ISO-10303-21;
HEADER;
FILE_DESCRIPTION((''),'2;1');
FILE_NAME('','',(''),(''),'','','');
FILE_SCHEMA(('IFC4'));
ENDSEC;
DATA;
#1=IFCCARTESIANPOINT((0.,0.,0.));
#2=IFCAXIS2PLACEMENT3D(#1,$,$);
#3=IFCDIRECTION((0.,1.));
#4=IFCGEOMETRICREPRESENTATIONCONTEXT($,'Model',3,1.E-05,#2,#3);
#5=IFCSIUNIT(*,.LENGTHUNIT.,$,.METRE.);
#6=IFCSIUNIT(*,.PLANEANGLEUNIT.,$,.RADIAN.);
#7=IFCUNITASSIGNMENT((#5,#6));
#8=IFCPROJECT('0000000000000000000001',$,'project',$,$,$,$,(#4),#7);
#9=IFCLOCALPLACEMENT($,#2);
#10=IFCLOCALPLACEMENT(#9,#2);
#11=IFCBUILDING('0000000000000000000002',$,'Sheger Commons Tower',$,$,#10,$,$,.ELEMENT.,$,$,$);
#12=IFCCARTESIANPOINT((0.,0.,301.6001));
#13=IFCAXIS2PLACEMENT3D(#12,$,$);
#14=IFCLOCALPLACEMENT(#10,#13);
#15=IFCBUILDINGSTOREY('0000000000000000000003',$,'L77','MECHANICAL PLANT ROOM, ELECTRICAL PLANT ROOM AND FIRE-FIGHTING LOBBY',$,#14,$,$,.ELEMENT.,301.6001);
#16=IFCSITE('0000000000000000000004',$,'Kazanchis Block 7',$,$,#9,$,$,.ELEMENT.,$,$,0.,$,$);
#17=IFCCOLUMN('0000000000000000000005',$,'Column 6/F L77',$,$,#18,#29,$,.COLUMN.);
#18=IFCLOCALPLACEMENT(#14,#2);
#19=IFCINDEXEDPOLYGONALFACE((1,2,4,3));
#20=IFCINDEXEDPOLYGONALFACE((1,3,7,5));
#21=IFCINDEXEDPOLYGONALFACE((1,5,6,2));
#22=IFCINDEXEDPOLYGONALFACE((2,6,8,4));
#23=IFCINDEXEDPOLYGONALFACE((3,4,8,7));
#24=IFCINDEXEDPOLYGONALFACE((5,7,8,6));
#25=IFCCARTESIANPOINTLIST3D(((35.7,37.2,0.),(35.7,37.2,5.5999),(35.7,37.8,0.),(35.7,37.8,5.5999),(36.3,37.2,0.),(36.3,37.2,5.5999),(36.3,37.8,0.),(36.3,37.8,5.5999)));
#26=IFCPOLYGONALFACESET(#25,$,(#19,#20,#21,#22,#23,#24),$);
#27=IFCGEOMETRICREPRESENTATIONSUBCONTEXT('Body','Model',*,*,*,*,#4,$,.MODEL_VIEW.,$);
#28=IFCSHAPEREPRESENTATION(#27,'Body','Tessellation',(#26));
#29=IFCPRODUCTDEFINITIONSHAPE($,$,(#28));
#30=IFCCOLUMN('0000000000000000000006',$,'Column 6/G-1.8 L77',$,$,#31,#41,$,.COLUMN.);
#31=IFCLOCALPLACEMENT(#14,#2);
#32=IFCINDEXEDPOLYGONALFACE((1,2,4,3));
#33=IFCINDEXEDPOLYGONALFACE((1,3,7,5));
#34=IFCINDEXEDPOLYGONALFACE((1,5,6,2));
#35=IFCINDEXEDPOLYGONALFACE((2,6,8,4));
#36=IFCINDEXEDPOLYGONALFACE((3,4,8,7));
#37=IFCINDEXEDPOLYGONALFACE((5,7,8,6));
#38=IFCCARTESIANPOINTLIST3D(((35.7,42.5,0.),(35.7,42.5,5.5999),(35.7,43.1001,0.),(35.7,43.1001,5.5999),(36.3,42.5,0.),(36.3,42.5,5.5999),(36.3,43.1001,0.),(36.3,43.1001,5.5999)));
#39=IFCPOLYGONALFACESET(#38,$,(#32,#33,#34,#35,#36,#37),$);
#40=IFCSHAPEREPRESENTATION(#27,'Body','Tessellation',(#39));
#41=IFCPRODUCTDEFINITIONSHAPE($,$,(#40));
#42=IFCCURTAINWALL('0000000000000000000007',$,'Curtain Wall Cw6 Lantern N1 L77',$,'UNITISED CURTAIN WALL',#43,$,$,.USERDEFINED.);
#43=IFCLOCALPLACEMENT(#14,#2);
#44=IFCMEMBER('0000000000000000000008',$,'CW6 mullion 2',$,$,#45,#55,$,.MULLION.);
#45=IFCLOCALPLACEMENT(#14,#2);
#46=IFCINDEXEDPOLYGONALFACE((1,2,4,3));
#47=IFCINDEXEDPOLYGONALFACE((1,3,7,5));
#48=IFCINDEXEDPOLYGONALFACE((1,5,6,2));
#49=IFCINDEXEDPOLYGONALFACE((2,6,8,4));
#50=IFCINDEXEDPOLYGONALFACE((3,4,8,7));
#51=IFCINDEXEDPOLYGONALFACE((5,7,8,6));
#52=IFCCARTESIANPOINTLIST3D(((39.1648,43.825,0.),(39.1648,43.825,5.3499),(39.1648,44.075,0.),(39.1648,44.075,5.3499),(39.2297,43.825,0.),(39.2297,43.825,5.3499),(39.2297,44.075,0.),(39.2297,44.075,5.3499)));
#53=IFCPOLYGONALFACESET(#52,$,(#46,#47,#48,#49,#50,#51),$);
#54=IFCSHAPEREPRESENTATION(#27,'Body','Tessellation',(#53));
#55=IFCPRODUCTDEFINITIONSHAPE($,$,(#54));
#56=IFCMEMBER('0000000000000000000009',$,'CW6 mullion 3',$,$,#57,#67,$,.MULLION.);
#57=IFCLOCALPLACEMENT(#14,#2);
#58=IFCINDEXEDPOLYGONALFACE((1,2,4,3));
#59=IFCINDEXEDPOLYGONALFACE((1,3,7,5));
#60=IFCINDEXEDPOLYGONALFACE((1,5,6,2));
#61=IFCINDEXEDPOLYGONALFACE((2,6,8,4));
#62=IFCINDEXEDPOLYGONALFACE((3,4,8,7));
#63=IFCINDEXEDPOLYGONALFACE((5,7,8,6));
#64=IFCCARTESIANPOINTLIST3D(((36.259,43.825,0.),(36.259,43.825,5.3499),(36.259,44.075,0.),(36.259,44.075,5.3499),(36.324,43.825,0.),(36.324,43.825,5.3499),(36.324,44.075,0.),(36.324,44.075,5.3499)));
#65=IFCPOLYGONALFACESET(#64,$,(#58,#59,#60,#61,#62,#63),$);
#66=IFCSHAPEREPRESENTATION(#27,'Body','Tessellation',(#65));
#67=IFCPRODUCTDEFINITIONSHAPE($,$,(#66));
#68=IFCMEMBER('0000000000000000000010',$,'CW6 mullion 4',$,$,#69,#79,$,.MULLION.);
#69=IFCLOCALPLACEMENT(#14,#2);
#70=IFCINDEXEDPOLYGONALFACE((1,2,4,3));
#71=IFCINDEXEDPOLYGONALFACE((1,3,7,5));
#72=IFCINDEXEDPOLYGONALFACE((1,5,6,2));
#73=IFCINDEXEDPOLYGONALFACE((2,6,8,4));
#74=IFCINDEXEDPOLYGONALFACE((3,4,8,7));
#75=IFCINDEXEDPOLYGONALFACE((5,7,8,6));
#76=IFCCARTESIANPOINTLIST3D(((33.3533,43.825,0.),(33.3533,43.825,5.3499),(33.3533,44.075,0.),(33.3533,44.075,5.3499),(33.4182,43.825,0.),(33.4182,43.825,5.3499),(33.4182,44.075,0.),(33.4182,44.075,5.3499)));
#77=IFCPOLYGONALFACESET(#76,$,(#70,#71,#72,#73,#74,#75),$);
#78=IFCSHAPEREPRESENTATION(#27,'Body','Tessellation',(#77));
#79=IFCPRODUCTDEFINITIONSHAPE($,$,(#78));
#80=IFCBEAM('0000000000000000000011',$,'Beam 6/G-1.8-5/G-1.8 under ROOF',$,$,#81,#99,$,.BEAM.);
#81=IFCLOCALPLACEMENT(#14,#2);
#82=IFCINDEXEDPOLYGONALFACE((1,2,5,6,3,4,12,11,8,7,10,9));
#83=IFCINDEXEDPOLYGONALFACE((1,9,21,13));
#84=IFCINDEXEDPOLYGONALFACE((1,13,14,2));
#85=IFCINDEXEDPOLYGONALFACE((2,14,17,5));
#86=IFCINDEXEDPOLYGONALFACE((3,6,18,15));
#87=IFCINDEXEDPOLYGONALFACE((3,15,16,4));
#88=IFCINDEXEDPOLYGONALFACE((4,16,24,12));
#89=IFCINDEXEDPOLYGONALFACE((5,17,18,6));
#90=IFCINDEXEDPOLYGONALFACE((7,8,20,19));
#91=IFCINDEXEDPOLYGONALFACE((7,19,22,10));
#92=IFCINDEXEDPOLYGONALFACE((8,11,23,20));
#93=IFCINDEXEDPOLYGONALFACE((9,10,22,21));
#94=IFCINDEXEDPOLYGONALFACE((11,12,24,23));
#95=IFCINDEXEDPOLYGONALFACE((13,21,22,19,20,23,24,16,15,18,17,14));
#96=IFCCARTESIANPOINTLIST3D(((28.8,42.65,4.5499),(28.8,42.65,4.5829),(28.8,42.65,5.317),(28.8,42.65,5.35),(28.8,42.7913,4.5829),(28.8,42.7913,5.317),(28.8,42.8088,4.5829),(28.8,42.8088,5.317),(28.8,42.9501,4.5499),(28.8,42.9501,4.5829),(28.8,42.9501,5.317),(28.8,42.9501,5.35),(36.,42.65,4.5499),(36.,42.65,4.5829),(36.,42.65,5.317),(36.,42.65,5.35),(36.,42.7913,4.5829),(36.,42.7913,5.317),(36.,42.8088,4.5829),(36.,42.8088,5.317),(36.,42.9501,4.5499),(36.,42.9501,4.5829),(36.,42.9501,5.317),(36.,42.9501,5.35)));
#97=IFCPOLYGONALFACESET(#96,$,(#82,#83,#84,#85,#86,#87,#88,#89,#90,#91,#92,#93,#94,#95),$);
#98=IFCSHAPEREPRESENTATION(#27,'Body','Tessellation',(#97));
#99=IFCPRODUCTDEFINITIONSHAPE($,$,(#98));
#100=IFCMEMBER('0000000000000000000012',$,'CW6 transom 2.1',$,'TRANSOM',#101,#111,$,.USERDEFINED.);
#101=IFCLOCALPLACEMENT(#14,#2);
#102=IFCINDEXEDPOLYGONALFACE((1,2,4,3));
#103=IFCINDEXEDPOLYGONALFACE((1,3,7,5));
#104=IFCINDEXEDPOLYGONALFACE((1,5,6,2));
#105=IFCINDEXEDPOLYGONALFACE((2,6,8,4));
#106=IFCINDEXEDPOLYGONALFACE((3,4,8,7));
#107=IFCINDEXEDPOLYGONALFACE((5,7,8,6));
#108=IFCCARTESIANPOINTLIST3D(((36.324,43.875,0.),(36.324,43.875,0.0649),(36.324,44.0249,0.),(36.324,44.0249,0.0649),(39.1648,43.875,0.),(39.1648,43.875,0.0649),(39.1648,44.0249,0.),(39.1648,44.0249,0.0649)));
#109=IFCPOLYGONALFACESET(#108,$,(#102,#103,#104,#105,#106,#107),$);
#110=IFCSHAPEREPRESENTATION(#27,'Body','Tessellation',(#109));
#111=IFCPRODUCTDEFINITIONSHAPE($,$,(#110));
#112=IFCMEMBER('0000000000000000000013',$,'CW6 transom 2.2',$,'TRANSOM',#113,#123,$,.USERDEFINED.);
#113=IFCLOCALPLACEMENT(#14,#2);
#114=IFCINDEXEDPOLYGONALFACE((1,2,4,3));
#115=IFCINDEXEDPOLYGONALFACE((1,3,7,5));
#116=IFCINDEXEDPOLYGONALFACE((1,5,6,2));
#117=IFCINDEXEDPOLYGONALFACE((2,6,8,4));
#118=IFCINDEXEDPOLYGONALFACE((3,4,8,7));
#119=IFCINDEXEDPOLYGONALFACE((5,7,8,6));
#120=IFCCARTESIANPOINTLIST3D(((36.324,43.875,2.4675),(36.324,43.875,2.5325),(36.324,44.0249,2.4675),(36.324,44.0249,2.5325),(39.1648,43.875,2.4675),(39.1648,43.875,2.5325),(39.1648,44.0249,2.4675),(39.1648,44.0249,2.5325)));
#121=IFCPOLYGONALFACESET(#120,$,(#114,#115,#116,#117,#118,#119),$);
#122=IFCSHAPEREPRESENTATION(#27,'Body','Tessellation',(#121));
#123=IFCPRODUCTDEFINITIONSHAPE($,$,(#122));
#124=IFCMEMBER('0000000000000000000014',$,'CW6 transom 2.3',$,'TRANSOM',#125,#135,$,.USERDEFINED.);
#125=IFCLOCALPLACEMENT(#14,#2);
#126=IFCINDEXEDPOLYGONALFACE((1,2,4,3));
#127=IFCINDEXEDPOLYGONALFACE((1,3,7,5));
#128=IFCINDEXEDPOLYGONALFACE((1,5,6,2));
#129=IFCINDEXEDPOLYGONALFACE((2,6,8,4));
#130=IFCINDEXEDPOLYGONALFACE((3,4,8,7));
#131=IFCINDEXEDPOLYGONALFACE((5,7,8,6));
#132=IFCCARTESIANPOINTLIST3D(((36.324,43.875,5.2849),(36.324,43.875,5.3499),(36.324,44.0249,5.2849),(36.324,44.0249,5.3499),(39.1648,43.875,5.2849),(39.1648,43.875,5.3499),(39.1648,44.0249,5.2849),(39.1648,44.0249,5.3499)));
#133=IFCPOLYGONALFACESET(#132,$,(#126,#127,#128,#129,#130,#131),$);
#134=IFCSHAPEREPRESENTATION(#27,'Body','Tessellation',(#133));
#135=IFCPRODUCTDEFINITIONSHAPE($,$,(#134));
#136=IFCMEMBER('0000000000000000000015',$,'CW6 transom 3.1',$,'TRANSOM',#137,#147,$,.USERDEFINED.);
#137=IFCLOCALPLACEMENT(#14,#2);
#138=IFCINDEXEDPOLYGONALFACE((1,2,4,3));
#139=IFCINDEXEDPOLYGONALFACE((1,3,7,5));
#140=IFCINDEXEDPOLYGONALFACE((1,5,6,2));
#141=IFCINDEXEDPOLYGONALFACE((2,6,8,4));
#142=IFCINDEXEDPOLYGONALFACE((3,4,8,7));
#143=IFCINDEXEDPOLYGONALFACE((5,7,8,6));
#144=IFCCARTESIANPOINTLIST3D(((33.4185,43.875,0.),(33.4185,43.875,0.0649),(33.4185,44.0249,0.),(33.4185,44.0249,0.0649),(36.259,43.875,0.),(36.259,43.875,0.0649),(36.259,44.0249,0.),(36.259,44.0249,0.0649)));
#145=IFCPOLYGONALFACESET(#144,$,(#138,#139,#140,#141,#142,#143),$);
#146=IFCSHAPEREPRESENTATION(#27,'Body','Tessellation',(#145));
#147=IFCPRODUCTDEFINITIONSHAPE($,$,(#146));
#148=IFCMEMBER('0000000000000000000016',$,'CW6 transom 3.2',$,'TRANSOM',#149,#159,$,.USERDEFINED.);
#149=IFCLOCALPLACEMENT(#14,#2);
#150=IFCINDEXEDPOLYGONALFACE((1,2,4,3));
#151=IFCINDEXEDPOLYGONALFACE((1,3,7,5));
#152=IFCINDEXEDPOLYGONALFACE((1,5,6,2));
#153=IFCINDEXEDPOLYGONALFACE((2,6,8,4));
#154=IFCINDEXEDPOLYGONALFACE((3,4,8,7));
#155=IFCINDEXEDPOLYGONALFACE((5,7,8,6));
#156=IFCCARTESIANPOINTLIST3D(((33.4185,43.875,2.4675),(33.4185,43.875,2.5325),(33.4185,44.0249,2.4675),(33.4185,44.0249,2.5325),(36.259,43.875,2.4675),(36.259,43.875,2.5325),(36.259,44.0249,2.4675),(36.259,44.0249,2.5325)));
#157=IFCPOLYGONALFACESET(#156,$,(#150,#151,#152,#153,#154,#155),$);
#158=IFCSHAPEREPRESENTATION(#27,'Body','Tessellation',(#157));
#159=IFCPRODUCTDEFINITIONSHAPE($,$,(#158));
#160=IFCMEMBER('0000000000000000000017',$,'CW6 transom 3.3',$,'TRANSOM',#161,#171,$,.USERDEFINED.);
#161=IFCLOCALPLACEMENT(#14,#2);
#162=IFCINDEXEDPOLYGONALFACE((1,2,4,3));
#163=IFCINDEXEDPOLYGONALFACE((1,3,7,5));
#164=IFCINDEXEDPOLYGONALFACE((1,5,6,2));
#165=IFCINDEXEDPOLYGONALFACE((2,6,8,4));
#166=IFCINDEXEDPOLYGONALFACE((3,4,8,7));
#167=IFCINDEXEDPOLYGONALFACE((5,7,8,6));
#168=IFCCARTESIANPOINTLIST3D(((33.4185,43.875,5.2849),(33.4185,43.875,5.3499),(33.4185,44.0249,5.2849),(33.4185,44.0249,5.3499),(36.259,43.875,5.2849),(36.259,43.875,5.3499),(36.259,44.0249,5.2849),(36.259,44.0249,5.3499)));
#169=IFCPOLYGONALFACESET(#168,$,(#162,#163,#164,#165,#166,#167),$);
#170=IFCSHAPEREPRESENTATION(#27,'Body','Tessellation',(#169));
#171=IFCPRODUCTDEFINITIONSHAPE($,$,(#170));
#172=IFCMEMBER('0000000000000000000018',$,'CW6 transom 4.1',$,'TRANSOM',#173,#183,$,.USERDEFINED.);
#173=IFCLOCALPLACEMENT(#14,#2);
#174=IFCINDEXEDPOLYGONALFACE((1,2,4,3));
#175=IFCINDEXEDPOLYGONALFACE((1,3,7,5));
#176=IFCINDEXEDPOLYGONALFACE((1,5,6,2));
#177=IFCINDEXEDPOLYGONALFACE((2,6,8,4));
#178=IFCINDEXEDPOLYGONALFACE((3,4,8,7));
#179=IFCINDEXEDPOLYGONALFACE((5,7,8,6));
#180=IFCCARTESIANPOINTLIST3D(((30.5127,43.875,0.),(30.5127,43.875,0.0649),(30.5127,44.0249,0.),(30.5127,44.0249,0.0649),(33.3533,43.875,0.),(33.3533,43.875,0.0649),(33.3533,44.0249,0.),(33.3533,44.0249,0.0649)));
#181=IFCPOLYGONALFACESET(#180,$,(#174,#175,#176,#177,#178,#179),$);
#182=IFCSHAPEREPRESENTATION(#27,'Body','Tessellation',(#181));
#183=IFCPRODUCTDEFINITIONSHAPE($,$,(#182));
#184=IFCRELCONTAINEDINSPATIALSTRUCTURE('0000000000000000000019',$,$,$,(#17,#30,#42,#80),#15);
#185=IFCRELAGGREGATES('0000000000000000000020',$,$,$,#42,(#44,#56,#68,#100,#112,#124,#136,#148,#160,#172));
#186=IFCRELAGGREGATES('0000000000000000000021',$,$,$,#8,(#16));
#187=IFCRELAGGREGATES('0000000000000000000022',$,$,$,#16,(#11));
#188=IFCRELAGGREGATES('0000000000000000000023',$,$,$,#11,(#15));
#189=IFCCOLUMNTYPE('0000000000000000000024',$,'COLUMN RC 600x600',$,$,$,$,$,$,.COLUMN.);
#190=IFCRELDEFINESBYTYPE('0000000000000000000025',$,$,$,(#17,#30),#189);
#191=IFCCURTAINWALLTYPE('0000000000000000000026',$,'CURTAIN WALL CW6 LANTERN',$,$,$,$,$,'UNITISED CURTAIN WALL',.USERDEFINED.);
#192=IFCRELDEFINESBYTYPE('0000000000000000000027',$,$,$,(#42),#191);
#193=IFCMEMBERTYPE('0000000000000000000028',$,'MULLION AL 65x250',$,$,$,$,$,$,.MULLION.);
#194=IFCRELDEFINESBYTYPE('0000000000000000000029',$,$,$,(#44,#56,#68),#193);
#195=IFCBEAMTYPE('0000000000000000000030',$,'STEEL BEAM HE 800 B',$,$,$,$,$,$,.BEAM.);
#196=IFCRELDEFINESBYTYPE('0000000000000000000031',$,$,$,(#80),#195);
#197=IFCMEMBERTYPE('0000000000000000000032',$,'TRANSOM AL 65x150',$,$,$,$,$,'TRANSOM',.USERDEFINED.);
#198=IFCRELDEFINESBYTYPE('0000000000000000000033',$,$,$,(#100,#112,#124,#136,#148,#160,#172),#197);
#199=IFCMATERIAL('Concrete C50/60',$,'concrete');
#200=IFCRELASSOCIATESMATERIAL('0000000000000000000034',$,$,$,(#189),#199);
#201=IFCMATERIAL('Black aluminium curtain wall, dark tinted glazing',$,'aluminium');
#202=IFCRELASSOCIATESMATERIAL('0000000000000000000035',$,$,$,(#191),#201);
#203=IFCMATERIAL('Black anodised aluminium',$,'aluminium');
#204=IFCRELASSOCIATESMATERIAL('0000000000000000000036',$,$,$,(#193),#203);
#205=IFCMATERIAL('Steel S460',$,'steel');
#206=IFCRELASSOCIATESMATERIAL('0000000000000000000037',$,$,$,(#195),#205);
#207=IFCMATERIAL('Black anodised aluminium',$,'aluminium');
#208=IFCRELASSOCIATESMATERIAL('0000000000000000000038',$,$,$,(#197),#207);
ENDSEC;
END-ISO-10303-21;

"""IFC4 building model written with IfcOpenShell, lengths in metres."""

from ifc_helpers import new_model, si_unit, direction, frame, origin, origin_2d, place, context, subcontext, project, spatial, rectangle, i_section, extrude, material, material_profile, profile_set, type_object, element, aggregate, save


model = new_model("IFC4")

# Units and contexts
model_context = context("Model", 3, precision=1e-05, world=origin(), true_north=direction((0.0, 1.0)))
body_context = subcontext(model_context, "Body", "Model", "MODEL_VIEW")
ifc_project = project(units=[si_unit("LENGTHUNIT", "METRE"), si_unit("PLANEANGLEUNIT", "RADIAN")], contexts=[model_context])

# Site, building, storey
site_placement = place(None, origin())
site = spatial("IfcSite", under=ifc_project, at=site_placement, Name="Kazanchis Block 7", CompositionType="ELEMENT", RefElevation=0.0)
building_placement = place(site_placement, origin())
building = spatial("IfcBuilding", under=site, at=building_placement, Name="Sheger Commons Tower", CompositionType="ELEMENT")
storey_placement = place(building_placement, frame((0.0, 0.0, 301.6001)))
storey = spatial("IfcBuildingStorey", under=building, at=storey_placement, Name="L77", Description="MECHANICAL PLANT ROOM, ELECTRICAL PLANT ROOM AND FIRE-FIGHTING LOBBY", CompositionType="ELEMENT", Elevation=301.6001)

# Columns
ifc_material_1 = material(Name="Concrete C50/60", Category="concrete")
ifc_material_profile_1 = material_profile(ifc_material_1, rectangle(XDim=0.6001, YDim=0.6001, at=origin_2d()), Name="RC 600x600")
ifc_profile_set_1 = profile_set([ifc_material_profile_1], Name="Concrete C50/60")
column_type = type_object("IfcColumnType", Name="COLUMN RC 600x600", PredefinedType="COLUMN", material=ifc_profile_set_1)
for number, where, z_axis, x_axis, name in (
    (1, (36.0, 37.5, 0.0), (0.0, 0.0, 1.0), (1.0, 0.0, 0.0), "Column 6/F L77"),
    (2, (36.0, 42.8, 0.0), (0.0, 0.0, 1.0), (1.0, 0.0, 0.0), "Column 6/G-1.8 L77"),
):
    element("IfcColumn", number, at=place(storey_placement, frame(where, z_axis=z_axis, x_axis=x_axis)), inside=storey, type_object=column_type, Name=name, PredefinedType="COLUMN", context=body_context, shape_type="SweptSolid", body=[
        extrude(rectangle(XDim=0.6001, YDim=0.6001, at=origin_2d()), origin(), (0.0, 0.0, 1.0), 5.5999),
    ])

# Curtain wall, members
ifc_material_2 = material(Name="Black aluminium curtain wall, dark tinted glazing", Category="aluminium")
curtain_wall_type = type_object("IfcCurtainWallType", Name="CURTAIN WALL CW6 LANTERN", ElementType="UNITISED CURTAIN WALL", PredefinedType="USERDEFINED", material=ifc_material_2)
curtain_wall_placement = place(storey_placement, origin())
curtain_wall = element("IfcCurtainWall", 3, at=curtain_wall_placement, inside=storey, type_object=curtain_wall_type, Name="Curtain Wall Cw6 Lantern N1 L77", ObjectType="UNITISED CURTAIN WALL", PredefinedType="USERDEFINED")
ifc_material_3 = material(Name="Black anodised aluminium", Category="aluminium")
ifc_material_profile_2 = material_profile(ifc_material_3, rectangle(XDim=0.25, YDim=0.0649, at=origin_2d()), Name="AL 65x250")
ifc_profile_set_2 = profile_set([ifc_material_profile_2], Name="Black anodised aluminium")
member_type_1 = type_object("IfcMemberType", Name="MULLION AL 65x250", PredefinedType="MULLION", material=ifc_profile_set_2)
member_1_placement = place(storey_placement, frame((39.1973, 43.95, 0.0), z_axis=(0.0, 0.0, 1.0), x_axis=(0.0, -1.0, 0.0)))
member_1 = element("IfcMember", 4, at=member_1_placement, type_object=member_type_1, Name="CW6 mullion 2", PredefinedType="MULLION", context=body_context, shape_type="SweptSolid", body=[
    extrude(rectangle(XDim=0.25, YDim=0.0649, at=origin_2d()), origin(), (0.0, 0.0, 1.0), 5.3499),
])
member_2_placement = place(storey_placement, frame((36.2915, 43.95, 0.0), z_axis=(0.0, 0.0, 1.0), x_axis=(0.0, -1.0, 0.0)))
member_2 = element("IfcMember", 5, at=member_2_placement, type_object=member_type_1, Name="CW6 mullion 3", PredefinedType="MULLION", context=body_context, shape_type="SweptSolid", body=[
    extrude(rectangle(XDim=0.25, YDim=0.0649, at=origin_2d()), origin(), (0.0, 0.0, 1.0), 5.3499),
])
member_3_placement = place(storey_placement, frame((33.3857, 43.95, 0.0), z_axis=(0.0, 0.0, 1.0), x_axis=(0.0, -1.0, 0.0)))
member_3 = element("IfcMember", 6, at=member_3_placement, type_object=member_type_1, Name="CW6 mullion 4", PredefinedType="MULLION", context=body_context, shape_type="SweptSolid", body=[
    extrude(rectangle(XDim=0.25, YDim=0.0649, at=origin_2d()), origin(), (0.0, 0.0, 1.0), 5.3499),
])

# Beam
ifc_material_4 = material(Name="Steel S460", Category="steel")
ifc_material_profile_3 = material_profile(ifc_material_4, i_section(OverallWidth=0.3, OverallDepth=0.8, WebThickness=0.0176, FlangeThickness=0.033, at=origin_2d()), Name="HE 800 B")
ifc_profile_set_3 = profile_set([ifc_material_profile_3], Name="Steel S460")
beam_type = type_object("IfcBeamType", Name="STEEL BEAM HE 800 B", PredefinedType="BEAM", material=ifc_profile_set_3)
beam_placement = place(storey_placement, frame((36.0, 42.8, 4.95), z_axis=(-1.0, 0.0, 0.0), x_axis=(0.0, -1.0, 0.0)))
element("IfcBeam", 7, at=beam_placement, inside=storey, type_object=beam_type, Name="Beam 6/G-1.8-5/G-1.8 under ROOF", PredefinedType="BEAM", context=body_context, shape_type="SweptSolid", body=[
    extrude(i_section(OverallWidth=0.3, OverallDepth=0.8, WebThickness=0.0176, FlangeThickness=0.033, at=origin_2d()), origin(), (0.0, 0.0, 1.0), 7.2),
])

# Members
ifc_material_5 = material(Name="Black anodised aluminium", Category="aluminium")
ifc_material_profile_4 = material_profile(ifc_material_5, rectangle(XDim=0.1499, YDim=0.0649, at=origin_2d()), Name="AL 65x150")
ifc_profile_set_4 = profile_set([ifc_material_profile_4], Name="Black anodised aluminium")
member_type_2 = type_object("IfcMemberType", Name="TRANSOM AL 65x150", ElementType="TRANSOM", PredefinedType="USERDEFINED", material=ifc_profile_set_4)
member_4_placement = place(storey_placement, frame((39.1648, 43.95, 0.0325), z_axis=(-1.0, 0.0, 0.0), x_axis=(0.0, -1.0, 0.0)))
member_4 = element("IfcMember", 8, at=member_4_placement, type_object=member_type_2, Name="CW6 transom 2.1", ObjectType="TRANSOM", PredefinedType="USERDEFINED", context=body_context, shape_type="SweptSolid", body=[
    extrude(rectangle(XDim=0.1499, YDim=0.0649, at=origin_2d()), origin(), (0.0, 0.0, 1.0), 2.8408),
])
member_5_placement = place(storey_placement, frame((39.1648, 43.95, 2.5), z_axis=(-1.0, 0.0, 0.0), x_axis=(0.0, -1.0, 0.0)))
member_5 = element("IfcMember", 9, at=member_5_placement, type_object=member_type_2, Name="CW6 transom 2.2", ObjectType="TRANSOM", PredefinedType="USERDEFINED", context=body_context, shape_type="SweptSolid", body=[
    extrude(rectangle(XDim=0.1499, YDim=0.0649, at=origin_2d()), origin(), (0.0, 0.0, 1.0), 2.8408),
])
member_6_placement = place(storey_placement, frame((39.1648, 43.95, 5.3174), z_axis=(-1.0, 0.0, 0.0), x_axis=(0.0, -1.0, 0.0)))
member_6 = element("IfcMember", 10, at=member_6_placement, type_object=member_type_2, Name="CW6 transom 2.3", ObjectType="TRANSOM", PredefinedType="USERDEFINED", context=body_context, shape_type="SweptSolid", body=[
    extrude(rectangle(XDim=0.1499, YDim=0.0649, at=origin_2d()), origin(), (0.0, 0.0, 1.0), 2.8408),
])
member_7_placement = place(storey_placement, frame((36.259, 43.95, 0.0325), z_axis=(-1.0, 0.0, 0.0), x_axis=(0.0, -1.0, 0.0)))
member_7 = element("IfcMember", 11, at=member_7_placement, type_object=member_type_2, Name="CW6 transom 3.1", ObjectType="TRANSOM", PredefinedType="USERDEFINED", context=body_context, shape_type="SweptSolid", body=[
    extrude(rectangle(XDim=0.1499, YDim=0.0649, at=origin_2d()), origin(), (0.0, 0.0, 1.0), 2.8406),
])
member_8_placement = place(storey_placement, frame((36.259, 43.95, 2.5), z_axis=(-1.0, 0.0, 0.0), x_axis=(0.0, -1.0, 0.0)))
member_8 = element("IfcMember", 12, at=member_8_placement, type_object=member_type_2, Name="CW6 transom 3.2", ObjectType="TRANSOM", PredefinedType="USERDEFINED", context=body_context, shape_type="SweptSolid", body=[
    extrude(rectangle(XDim=0.1499, YDim=0.0649, at=origin_2d()), origin(), (0.0, 0.0, 1.0), 2.8406),
])
member_9_placement = place(storey_placement, frame((36.259, 43.95, 5.3174), z_axis=(-1.0, 0.0, 0.0), x_axis=(0.0, -1.0, 0.0)))
member_9 = element("IfcMember", 13, at=member_9_placement, type_object=member_type_2, Name="CW6 transom 3.3", ObjectType="TRANSOM", PredefinedType="USERDEFINED", context=body_context, shape_type="SweptSolid", body=[
    extrude(rectangle(XDim=0.1499, YDim=0.0649, at=origin_2d()), origin(), (0.0, 0.0, 1.0), 2.8406),
])
member_10_placement = place(storey_placement, frame((33.3533, 43.95, 0.0325), z_axis=(-1.0, 0.0, 0.0), x_axis=(0.0, -1.0, 0.0)))
member_10 = element("IfcMember", 14, at=member_10_placement, type_object=member_type_2, Name="CW6 transom 4.1", ObjectType="TRANSOM", PredefinedType="USERDEFINED", context=body_context, shape_type="SweptSolid", body=[
    extrude(rectangle(XDim=0.1499, YDim=0.0649, at=origin_2d()), origin(), (0.0, 0.0, 1.0), 2.8406),
])

aggregate(curtain_wall, [member_1, member_2, member_3, member_4, member_5, member_6, member_7, member_8, member_9, member_10])

save(model, "model.ifc")
